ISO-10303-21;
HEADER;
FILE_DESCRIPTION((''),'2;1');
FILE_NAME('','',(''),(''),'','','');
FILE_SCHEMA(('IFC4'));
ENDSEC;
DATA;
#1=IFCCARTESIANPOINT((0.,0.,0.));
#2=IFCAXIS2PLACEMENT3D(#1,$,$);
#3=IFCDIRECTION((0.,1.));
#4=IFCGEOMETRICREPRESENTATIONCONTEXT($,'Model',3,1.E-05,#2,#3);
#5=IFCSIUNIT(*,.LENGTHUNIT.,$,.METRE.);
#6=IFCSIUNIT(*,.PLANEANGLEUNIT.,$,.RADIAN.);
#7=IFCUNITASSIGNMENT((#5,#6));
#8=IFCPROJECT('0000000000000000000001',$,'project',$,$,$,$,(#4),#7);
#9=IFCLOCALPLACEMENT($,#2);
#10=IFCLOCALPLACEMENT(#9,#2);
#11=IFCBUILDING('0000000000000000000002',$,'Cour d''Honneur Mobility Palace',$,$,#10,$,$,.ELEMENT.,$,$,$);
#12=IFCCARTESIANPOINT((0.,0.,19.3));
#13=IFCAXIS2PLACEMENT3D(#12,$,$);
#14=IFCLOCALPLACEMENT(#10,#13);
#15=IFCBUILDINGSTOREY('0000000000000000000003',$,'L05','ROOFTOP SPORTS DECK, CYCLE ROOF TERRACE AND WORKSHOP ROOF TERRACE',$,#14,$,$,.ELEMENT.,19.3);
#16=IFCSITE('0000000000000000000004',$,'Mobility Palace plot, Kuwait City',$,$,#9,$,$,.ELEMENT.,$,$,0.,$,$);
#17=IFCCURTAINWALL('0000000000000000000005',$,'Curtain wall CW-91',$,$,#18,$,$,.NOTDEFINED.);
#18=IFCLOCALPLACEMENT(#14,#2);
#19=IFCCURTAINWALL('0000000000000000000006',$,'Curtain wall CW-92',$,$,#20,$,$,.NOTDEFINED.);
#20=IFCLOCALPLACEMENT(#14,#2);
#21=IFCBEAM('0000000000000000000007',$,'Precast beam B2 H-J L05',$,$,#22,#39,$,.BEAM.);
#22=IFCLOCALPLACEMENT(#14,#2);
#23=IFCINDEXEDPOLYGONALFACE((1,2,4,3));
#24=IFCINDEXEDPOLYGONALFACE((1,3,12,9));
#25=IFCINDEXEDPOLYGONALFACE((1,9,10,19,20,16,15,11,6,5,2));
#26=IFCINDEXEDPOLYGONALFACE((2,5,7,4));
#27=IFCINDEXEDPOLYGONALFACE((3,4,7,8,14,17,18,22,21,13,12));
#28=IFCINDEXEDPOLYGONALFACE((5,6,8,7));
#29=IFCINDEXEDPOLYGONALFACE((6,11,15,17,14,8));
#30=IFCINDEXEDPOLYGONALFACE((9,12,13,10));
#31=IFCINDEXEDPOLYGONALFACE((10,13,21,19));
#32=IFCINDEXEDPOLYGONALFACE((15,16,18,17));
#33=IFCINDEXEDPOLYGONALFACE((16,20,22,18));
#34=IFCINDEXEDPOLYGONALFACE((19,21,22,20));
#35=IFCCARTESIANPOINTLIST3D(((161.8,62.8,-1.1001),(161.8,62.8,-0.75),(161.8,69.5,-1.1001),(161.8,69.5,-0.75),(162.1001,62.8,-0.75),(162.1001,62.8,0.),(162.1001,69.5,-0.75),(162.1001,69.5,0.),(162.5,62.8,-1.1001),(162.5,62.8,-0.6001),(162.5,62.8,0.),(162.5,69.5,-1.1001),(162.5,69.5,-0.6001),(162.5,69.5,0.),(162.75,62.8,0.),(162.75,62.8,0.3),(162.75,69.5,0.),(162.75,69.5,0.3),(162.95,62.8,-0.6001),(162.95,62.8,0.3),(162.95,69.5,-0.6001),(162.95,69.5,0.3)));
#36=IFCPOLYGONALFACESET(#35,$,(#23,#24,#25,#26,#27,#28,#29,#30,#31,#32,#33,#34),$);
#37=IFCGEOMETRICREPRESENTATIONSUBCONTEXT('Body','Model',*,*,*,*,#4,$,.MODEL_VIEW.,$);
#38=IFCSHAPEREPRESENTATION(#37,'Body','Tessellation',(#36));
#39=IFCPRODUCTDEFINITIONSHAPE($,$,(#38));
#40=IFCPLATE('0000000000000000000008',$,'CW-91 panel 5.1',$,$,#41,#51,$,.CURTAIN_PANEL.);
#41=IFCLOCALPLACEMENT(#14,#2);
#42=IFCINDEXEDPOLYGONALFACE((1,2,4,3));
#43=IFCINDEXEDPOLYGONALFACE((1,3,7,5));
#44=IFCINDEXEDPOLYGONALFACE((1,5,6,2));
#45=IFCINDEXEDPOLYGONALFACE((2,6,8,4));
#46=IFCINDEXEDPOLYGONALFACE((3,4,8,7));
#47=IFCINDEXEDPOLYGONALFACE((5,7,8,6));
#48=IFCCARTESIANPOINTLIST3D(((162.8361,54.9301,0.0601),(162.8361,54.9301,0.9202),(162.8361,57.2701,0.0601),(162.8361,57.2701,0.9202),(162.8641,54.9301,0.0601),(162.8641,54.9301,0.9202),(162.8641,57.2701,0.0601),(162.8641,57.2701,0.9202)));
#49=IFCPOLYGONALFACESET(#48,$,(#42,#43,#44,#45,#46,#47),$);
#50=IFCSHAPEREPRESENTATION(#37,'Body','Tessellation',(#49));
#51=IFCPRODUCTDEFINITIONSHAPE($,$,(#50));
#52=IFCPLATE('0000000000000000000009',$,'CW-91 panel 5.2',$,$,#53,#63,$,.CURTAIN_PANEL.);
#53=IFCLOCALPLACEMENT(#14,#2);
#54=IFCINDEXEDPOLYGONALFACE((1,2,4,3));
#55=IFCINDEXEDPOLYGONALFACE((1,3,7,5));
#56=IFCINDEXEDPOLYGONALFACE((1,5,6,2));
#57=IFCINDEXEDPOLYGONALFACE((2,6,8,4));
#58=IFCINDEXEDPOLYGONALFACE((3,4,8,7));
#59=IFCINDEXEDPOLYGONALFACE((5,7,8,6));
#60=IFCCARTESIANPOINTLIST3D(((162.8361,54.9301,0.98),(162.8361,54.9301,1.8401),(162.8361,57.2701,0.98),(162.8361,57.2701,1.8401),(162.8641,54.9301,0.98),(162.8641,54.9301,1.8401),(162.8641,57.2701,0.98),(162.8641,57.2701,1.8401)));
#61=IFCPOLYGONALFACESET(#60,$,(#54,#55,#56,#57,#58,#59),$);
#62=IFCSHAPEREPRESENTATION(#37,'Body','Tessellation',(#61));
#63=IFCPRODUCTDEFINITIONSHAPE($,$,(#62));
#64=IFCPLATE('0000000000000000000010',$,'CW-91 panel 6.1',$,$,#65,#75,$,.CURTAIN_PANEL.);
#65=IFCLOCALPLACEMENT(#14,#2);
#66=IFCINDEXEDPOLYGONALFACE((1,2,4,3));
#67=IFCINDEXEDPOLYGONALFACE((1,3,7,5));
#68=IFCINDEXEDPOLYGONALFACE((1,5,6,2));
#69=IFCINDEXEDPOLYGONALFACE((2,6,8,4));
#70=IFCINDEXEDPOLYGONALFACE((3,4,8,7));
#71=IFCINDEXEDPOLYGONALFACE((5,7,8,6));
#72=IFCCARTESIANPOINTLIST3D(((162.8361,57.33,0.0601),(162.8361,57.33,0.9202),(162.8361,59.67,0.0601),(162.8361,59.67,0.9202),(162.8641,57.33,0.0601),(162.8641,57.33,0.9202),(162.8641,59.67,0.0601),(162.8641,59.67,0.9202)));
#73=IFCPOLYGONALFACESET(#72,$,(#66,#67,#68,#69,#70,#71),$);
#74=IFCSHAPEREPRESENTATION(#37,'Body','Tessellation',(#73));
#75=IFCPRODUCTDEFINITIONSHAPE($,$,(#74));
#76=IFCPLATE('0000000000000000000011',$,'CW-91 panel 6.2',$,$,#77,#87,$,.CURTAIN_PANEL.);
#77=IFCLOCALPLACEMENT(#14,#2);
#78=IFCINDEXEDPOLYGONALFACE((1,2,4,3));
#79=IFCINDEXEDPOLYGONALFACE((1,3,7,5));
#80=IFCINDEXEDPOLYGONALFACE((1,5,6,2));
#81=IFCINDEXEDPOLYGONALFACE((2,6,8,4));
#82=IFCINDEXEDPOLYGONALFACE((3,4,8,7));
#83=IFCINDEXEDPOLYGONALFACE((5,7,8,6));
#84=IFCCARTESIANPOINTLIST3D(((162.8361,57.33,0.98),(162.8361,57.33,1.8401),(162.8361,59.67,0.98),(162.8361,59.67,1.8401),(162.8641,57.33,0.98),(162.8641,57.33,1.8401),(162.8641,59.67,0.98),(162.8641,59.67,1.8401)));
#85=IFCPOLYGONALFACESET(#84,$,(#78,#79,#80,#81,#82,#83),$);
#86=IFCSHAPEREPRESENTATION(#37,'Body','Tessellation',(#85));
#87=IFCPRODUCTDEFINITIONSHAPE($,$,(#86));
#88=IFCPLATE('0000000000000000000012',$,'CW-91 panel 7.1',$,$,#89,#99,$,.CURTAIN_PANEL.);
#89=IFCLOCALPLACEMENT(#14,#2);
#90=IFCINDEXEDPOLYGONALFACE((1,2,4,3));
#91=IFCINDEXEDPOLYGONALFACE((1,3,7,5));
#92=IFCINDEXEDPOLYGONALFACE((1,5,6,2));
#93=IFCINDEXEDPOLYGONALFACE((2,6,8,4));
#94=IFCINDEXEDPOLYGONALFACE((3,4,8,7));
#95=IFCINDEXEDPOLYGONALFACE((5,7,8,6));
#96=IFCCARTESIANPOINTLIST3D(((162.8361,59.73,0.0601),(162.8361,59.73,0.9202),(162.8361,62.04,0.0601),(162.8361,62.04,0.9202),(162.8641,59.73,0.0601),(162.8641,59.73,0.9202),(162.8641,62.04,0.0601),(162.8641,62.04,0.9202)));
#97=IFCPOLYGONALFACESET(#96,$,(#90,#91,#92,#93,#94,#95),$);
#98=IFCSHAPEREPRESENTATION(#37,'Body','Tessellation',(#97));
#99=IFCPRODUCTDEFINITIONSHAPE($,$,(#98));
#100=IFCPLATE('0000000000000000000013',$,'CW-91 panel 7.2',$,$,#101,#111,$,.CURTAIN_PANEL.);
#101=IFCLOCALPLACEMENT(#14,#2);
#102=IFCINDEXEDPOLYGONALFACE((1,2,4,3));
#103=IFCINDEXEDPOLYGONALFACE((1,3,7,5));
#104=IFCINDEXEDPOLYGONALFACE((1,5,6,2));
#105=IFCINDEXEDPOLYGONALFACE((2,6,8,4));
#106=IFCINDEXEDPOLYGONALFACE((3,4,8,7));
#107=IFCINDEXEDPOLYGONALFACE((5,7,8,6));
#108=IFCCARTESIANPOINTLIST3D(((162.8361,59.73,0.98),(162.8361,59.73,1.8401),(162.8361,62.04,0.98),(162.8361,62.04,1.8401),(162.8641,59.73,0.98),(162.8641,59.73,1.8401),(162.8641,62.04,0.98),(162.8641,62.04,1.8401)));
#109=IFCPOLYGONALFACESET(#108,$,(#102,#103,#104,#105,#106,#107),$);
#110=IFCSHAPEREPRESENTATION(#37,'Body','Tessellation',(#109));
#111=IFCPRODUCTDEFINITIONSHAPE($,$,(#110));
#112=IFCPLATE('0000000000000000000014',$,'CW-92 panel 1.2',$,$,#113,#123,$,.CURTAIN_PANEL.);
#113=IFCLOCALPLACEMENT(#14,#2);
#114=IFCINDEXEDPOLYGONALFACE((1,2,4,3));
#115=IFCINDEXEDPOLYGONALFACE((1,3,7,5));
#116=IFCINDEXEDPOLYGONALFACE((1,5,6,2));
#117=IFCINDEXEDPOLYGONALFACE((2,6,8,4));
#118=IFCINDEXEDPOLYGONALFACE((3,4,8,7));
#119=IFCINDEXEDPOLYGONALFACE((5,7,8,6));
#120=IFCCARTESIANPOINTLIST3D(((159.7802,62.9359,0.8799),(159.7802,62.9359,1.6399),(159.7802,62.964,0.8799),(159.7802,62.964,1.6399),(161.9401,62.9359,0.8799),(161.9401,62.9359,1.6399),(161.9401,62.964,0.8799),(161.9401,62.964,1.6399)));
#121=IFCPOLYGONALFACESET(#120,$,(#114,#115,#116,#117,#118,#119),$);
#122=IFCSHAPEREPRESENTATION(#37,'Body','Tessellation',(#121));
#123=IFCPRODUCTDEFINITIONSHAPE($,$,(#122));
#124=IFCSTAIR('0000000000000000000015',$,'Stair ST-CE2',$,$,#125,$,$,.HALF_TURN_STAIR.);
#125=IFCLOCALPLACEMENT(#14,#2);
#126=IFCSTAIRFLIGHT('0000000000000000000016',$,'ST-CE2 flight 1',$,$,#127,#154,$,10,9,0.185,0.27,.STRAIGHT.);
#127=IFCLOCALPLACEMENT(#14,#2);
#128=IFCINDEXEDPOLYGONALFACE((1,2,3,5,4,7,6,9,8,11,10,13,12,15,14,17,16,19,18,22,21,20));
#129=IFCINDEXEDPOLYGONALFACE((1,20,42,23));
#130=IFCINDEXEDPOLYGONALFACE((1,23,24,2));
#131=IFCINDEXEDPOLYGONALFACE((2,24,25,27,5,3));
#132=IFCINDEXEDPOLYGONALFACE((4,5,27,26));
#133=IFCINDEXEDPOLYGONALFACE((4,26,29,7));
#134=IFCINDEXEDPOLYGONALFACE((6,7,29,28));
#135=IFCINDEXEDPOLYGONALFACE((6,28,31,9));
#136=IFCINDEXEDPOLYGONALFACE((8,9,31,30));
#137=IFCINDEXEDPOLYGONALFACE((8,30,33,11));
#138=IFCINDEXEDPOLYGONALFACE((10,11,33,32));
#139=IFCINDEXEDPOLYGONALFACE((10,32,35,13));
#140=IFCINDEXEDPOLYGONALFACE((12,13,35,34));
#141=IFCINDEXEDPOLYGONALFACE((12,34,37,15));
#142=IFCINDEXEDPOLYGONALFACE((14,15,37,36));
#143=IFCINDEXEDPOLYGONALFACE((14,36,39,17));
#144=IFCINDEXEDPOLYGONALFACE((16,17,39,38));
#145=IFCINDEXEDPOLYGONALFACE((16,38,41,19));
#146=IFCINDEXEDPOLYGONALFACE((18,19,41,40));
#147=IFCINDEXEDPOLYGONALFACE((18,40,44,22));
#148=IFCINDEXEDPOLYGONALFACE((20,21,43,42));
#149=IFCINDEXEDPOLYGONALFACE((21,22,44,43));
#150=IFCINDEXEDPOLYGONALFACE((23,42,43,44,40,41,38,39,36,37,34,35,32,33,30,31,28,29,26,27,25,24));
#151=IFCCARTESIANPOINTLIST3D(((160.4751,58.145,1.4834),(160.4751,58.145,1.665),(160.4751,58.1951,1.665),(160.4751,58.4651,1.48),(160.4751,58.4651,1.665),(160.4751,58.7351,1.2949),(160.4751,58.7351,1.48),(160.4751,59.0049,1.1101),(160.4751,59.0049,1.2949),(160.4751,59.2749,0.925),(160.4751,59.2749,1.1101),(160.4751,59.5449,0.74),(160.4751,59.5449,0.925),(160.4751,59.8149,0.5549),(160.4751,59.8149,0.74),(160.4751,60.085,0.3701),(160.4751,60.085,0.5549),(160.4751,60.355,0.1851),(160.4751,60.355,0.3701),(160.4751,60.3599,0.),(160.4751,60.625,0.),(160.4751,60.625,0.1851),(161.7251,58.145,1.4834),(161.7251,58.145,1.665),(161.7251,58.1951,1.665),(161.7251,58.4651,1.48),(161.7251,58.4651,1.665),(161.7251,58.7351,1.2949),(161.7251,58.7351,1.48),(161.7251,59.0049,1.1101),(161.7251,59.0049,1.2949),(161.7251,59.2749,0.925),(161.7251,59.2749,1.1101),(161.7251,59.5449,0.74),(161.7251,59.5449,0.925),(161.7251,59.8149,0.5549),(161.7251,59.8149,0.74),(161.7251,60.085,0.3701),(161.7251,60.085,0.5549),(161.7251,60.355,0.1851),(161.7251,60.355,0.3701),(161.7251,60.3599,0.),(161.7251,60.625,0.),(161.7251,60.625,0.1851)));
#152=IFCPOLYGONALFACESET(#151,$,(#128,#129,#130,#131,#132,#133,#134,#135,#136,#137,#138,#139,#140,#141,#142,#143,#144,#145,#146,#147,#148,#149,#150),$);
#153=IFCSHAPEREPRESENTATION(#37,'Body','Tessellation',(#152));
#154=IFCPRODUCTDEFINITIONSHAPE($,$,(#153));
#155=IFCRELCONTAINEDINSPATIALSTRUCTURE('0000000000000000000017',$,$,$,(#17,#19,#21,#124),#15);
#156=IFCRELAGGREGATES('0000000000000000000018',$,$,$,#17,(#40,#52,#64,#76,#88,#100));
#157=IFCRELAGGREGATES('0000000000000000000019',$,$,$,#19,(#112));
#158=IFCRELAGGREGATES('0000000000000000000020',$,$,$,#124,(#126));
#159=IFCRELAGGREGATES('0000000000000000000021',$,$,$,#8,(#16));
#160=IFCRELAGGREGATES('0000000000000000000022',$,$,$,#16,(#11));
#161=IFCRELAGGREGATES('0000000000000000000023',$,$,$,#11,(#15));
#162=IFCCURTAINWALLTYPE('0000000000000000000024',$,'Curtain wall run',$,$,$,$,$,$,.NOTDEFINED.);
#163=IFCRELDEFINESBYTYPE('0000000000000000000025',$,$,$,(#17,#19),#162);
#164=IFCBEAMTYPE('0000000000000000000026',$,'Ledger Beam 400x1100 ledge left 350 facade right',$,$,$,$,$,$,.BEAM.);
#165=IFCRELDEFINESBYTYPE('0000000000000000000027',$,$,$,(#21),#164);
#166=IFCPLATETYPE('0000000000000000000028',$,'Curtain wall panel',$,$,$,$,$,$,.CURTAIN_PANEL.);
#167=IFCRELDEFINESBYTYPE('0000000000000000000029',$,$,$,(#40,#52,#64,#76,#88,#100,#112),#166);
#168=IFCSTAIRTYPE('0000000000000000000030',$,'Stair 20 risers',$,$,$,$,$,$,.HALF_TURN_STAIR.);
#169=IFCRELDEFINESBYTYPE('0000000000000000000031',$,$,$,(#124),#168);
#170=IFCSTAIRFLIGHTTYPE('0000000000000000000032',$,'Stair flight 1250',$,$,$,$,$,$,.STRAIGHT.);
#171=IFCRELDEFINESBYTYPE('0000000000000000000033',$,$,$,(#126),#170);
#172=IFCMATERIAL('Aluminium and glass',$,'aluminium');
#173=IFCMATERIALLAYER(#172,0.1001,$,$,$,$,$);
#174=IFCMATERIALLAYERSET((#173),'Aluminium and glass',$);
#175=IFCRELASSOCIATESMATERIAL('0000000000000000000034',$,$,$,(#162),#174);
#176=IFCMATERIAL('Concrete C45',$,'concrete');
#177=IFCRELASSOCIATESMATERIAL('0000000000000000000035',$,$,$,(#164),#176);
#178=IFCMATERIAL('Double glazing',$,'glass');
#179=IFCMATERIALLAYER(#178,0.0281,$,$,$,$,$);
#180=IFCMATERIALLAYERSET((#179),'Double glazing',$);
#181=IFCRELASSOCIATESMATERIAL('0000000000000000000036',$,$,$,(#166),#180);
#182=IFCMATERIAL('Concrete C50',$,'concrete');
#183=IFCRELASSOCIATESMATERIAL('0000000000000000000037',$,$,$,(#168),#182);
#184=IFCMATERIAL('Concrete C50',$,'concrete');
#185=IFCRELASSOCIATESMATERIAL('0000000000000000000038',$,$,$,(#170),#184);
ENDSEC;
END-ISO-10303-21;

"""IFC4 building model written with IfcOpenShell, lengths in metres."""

from ifc_helpers import new_model, si_unit, direction, frame, origin, origin_2d, place, context, subcontext, project, spatial, polyline, rectangle, outline, extrude, material, layer, layer_set, material_profile, profile_set, type_object, element, aggregate, save


model = new_model("IFC4")

# Units and contexts
model_context = context("Model", 3, precision=1e-05, world=origin(), true_north=direction((0.0, 1.0)))
body_context = subcontext(model_context, "Body", "Model", "MODEL_VIEW")
ifc_project = project(units=[si_unit("LENGTHUNIT", "METRE"), si_unit("PLANEANGLEUNIT", "RADIAN")], contexts=[model_context])

# Site, building, storey
site_placement = place(None, origin())
site = spatial("IfcSite", under=ifc_project, at=site_placement, Name="Mobility Palace plot, Kuwait City", CompositionType="ELEMENT", RefElevation=0.0)
building_placement = place(site_placement, origin())
building = spatial("IfcBuilding", under=site, at=building_placement, Name="Cour d'Honneur Mobility Palace", CompositionType="ELEMENT")
storey_placement = place(building_placement, frame((0.0, 0.0, 19.3)))
storey = spatial("IfcBuildingStorey", under=building, at=storey_placement, Name="L05", Description="ROOFTOP SPORTS DECK, CYCLE ROOF TERRACE AND WORKSHOP ROOF TERRACE", CompositionType="ELEMENT", Elevation=19.3)

# Curtain walls
ifc_material_1 = material(Name="Aluminium and glass", Category="aluminium")
ifc_layer_1 = layer(ifc_material_1, 0.1001)
ifc_layer_set_1 = layer_set([ifc_layer_1], Name="Aluminium and glass")
curtain_wall_type = type_object("IfcCurtainWallType", Name="Curtain wall run", PredefinedType="NOTDEFINED", material=ifc_layer_set_1)
curtain_wall_1_placement = place(storey_placement, origin())
curtain_wall_1 = element("IfcCurtainWall", 1, at=curtain_wall_1_placement, inside=storey, type_object=curtain_wall_type, Name="Curtain wall CW-91", PredefinedType="NOTDEFINED")
curtain_wall_2_placement = place(storey_placement, origin())
curtain_wall_2 = element("IfcCurtainWall", 2, at=curtain_wall_2_placement, inside=storey, type_object=curtain_wall_type, Name="Curtain wall CW-92", PredefinedType="NOTDEFINED")

# Beam
ifc_material_2 = material(Name="Concrete C45", Category="concrete")
ifc_material_profile_1 = material_profile(ifc_material_2, outline(polyline([(0.5, -1.1001), (0.5, -0.75), (0.2, -0.75), (0.2, 0.0), (-0.2, 0.0), (-0.45, 0.0), (-0.45, 0.3), (-0.6499, 0.3), (-0.6499, -0.6001), (-0.2, -0.6001), (-0.2, -1.1001), (0.5, -1.1001)])), Name="Ledger Beam 400x1100 ledge left 350 facade right")
ifc_profile_set_1 = profile_set([ifc_material_profile_1], Name="Concrete C45")
beam_type = type_object("IfcBeamType", Name="Ledger Beam 400x1100 ledge left 350 facade right", PredefinedType="BEAM", material=ifc_profile_set_1)
beam_placement = place(storey_placement, frame((162.3, 62.8, 0.0), z_axis=(0.0, 1.0, 0.0), x_axis=(-1.0, 0.0, 0.0)))
element("IfcBeam", 3, at=beam_placement, inside=storey, type_object=beam_type, Name="Precast beam B2 H-J L05", PredefinedType="BEAM", context=body_context, shape_type="SweptSolid", body=[
    extrude(outline(polyline([(0.5, -1.1001), (0.5, -0.75), (0.2, -0.75), (0.2, 0.0), (-0.2, 0.0), (-0.45, 0.0), (-0.45, 0.3), (-0.6499, 0.3), (-0.6499, -0.6001), (-0.2, -0.6001), (-0.2, -1.1001), (0.5, -1.1001)])), origin(), (0.0, 0.0, 1.0), 6.7),
])

# Plates
ifc_material_3 = material(Name="Double glazing", Category="glass")
ifc_layer_2 = layer(ifc_material_3, 0.0281)
ifc_layer_set_2 = layer_set([ifc_layer_2], Name="Double glazing")
plate_type = type_object("IfcPlateType", Name="Curtain wall panel", PredefinedType="CURTAIN_PANEL", material=ifc_layer_set_2)
plate_1_placement = place(storey_placement, frame((162.8501, 56.1001, 0.0601), z_axis=(0.0, 0.0, 1.0), x_axis=(0.0, 1.0, 0.0)))
plate_1 = element("IfcPlate", 4, at=plate_1_placement, type_object=plate_type, Name="CW-91 panel 5.1", PredefinedType="CURTAIN_PANEL", context=body_context, shape_type="SweptSolid", body=[
    extrude(rectangle(XDim=2.3401, YDim=0.0281, at=origin_2d()), origin(), (0.0, 0.0, 1.0), 0.8601),
])
plate_2_placement = place(storey_placement, frame((162.8501, 56.1001, 0.98), z_axis=(0.0, 0.0, 1.0), x_axis=(0.0, 1.0, 0.0)))
plate_2 = element("IfcPlate", 5, at=plate_2_placement, type_object=plate_type, Name="CW-91 panel 5.2", PredefinedType="CURTAIN_PANEL", context=body_context, shape_type="SweptSolid", body=[
    extrude(rectangle(XDim=2.3401, YDim=0.0281, at=origin_2d()), origin(), (0.0, 0.0, 1.0), 0.8601),
])
plate_3_placement = place(storey_placement, frame((162.8501, 58.5, 0.0601), z_axis=(0.0, 0.0, 1.0), x_axis=(0.0, 1.0, 0.0)))
plate_3 = element("IfcPlate", 6, at=plate_3_placement, type_object=plate_type, Name="CW-91 panel 6.1", PredefinedType="CURTAIN_PANEL", context=body_context, shape_type="SweptSolid", body=[
    extrude(rectangle(XDim=2.3401, YDim=0.0281, at=origin_2d()), origin(), (0.0, 0.0, 1.0), 0.8601),
])
plate_4_placement = place(storey_placement, frame((162.8501, 58.5, 0.98), z_axis=(0.0, 0.0, 1.0), x_axis=(0.0, 1.0, 0.0)))
plate_4 = element("IfcPlate", 7, at=plate_4_placement, type_object=plate_type, Name="CW-91 panel 6.2", PredefinedType="CURTAIN_PANEL", context=body_context, shape_type="SweptSolid", body=[
    extrude(rectangle(XDim=2.3401, YDim=0.0281, at=origin_2d()), origin(), (0.0, 0.0, 1.0), 0.8601),
])
plate_5_placement = place(storey_placement, frame((162.8501, 60.885, 0.0601), z_axis=(0.0, 0.0, 1.0), x_axis=(0.0, 1.0, 0.0)))
plate_5 = element("IfcPlate", 8, at=plate_5_placement, type_object=plate_type, Name="CW-91 panel 7.1", PredefinedType="CURTAIN_PANEL", context=body_context, shape_type="SweptSolid", body=[
    extrude(rectangle(XDim=2.3101, YDim=0.0281, at=origin_2d()), origin(), (0.0, 0.0, 1.0), 0.8601),
])
plate_6_placement = place(storey_placement, frame((162.8501, 60.885, 0.98), z_axis=(0.0, 0.0, 1.0), x_axis=(0.0, 1.0, 0.0)))
plate_6 = element("IfcPlate", 9, at=plate_6_placement, type_object=plate_type, Name="CW-91 panel 7.2", PredefinedType="CURTAIN_PANEL", context=body_context, shape_type="SweptSolid", body=[
    extrude(rectangle(XDim=2.3101, YDim=0.0281, at=origin_2d()), origin(), (0.0, 0.0, 1.0), 0.8601),
])
aggregate(curtain_wall_1, [plate_1, plate_2, plate_3, plate_4, plate_5, plate_6])
plate_7_placement = place(storey_placement, frame((160.8601, 62.95, 0.8799), z_axis=(0.0, 0.0, 1.0), x_axis=(-1.0, 0.0, 0.0)))
plate_7 = element("IfcPlate", 10, at=plate_7_placement, type_object=plate_type, Name="CW-92 panel 1.2", PredefinedType="CURTAIN_PANEL", context=body_context, shape_type="SweptSolid", body=[
    extrude(rectangle(XDim=2.1599, YDim=0.0281, at=origin_2d()), origin(), (0.0, 0.0, 1.0), 0.76),
])
aggregate(curtain_wall_2, [plate_7])

# Stair, stair flight
ifc_material_4 = material(Name="Concrete C50", Category="concrete")
stair_type = type_object("IfcStairType", Name="Stair 20 risers", PredefinedType="HALF_TURN_STAIR", material=ifc_material_4)
stair_placement = place(storey_placement, origin())
stair = element("IfcStair", 11, at=stair_placement, inside=storey, type_object=stair_type, Name="Stair ST-CE2", PredefinedType="HALF_TURN_STAIR")
ifc_material_5 = material(Name="Concrete C50", Category="concrete")
stair_flight_type = type_object("IfcStairFlightType", Name="Stair flight 1250", PredefinedType="STRAIGHT", material=ifc_material_5)
stair_flight_placement = place(storey_placement, frame((161.1001, 60.625, 0.0), z_axis=(0.0, 0.0, 1.0), x_axis=(0.0, -1.0, 0.0)))
stair_flight = element("IfcStairFlight", 12, at=stair_flight_placement, type_object=stair_flight_type, Name="ST-CE2 flight 1", NumberOfRisers=10, NumberOfTreads=9, PredefinedType="STRAIGHT", RiserHeight=0.185, TreadLength=0.27, context=body_context, shape_type="SweptSolid", body=[
    extrude(outline(polyline([(0.0, 0.0), (0.0, 0.1851), (0.27, 0.1851), (0.27, 0.3701), (0.54, 0.3701), (0.54, 0.5549), (0.8101, 0.5549), (0.8101, 0.74), (1.0801, 0.74), (1.0801, 0.925), (1.3501, 0.925), (1.3501, 1.1101), (1.6201, 1.1101), (1.6201, 1.2949), (1.8899, 1.2949), (1.8899, 1.48), (2.1599, 1.48), (2.1599, 1.665), (2.4299, 1.665), (2.48, 1.665), (2.48, 1.4834), (0.2651, 0.0), (0.0, 0.0)])), frame((0.0, 0.625, 0.0), z_axis=(0.0, -1.0, 0.0), x_axis=(1.0, 0.0, 0.0)), (0.0, 0.0, 1.0), 1.25),
])
aggregate(stair, [stair_flight])

save(model, "model.ifc")
